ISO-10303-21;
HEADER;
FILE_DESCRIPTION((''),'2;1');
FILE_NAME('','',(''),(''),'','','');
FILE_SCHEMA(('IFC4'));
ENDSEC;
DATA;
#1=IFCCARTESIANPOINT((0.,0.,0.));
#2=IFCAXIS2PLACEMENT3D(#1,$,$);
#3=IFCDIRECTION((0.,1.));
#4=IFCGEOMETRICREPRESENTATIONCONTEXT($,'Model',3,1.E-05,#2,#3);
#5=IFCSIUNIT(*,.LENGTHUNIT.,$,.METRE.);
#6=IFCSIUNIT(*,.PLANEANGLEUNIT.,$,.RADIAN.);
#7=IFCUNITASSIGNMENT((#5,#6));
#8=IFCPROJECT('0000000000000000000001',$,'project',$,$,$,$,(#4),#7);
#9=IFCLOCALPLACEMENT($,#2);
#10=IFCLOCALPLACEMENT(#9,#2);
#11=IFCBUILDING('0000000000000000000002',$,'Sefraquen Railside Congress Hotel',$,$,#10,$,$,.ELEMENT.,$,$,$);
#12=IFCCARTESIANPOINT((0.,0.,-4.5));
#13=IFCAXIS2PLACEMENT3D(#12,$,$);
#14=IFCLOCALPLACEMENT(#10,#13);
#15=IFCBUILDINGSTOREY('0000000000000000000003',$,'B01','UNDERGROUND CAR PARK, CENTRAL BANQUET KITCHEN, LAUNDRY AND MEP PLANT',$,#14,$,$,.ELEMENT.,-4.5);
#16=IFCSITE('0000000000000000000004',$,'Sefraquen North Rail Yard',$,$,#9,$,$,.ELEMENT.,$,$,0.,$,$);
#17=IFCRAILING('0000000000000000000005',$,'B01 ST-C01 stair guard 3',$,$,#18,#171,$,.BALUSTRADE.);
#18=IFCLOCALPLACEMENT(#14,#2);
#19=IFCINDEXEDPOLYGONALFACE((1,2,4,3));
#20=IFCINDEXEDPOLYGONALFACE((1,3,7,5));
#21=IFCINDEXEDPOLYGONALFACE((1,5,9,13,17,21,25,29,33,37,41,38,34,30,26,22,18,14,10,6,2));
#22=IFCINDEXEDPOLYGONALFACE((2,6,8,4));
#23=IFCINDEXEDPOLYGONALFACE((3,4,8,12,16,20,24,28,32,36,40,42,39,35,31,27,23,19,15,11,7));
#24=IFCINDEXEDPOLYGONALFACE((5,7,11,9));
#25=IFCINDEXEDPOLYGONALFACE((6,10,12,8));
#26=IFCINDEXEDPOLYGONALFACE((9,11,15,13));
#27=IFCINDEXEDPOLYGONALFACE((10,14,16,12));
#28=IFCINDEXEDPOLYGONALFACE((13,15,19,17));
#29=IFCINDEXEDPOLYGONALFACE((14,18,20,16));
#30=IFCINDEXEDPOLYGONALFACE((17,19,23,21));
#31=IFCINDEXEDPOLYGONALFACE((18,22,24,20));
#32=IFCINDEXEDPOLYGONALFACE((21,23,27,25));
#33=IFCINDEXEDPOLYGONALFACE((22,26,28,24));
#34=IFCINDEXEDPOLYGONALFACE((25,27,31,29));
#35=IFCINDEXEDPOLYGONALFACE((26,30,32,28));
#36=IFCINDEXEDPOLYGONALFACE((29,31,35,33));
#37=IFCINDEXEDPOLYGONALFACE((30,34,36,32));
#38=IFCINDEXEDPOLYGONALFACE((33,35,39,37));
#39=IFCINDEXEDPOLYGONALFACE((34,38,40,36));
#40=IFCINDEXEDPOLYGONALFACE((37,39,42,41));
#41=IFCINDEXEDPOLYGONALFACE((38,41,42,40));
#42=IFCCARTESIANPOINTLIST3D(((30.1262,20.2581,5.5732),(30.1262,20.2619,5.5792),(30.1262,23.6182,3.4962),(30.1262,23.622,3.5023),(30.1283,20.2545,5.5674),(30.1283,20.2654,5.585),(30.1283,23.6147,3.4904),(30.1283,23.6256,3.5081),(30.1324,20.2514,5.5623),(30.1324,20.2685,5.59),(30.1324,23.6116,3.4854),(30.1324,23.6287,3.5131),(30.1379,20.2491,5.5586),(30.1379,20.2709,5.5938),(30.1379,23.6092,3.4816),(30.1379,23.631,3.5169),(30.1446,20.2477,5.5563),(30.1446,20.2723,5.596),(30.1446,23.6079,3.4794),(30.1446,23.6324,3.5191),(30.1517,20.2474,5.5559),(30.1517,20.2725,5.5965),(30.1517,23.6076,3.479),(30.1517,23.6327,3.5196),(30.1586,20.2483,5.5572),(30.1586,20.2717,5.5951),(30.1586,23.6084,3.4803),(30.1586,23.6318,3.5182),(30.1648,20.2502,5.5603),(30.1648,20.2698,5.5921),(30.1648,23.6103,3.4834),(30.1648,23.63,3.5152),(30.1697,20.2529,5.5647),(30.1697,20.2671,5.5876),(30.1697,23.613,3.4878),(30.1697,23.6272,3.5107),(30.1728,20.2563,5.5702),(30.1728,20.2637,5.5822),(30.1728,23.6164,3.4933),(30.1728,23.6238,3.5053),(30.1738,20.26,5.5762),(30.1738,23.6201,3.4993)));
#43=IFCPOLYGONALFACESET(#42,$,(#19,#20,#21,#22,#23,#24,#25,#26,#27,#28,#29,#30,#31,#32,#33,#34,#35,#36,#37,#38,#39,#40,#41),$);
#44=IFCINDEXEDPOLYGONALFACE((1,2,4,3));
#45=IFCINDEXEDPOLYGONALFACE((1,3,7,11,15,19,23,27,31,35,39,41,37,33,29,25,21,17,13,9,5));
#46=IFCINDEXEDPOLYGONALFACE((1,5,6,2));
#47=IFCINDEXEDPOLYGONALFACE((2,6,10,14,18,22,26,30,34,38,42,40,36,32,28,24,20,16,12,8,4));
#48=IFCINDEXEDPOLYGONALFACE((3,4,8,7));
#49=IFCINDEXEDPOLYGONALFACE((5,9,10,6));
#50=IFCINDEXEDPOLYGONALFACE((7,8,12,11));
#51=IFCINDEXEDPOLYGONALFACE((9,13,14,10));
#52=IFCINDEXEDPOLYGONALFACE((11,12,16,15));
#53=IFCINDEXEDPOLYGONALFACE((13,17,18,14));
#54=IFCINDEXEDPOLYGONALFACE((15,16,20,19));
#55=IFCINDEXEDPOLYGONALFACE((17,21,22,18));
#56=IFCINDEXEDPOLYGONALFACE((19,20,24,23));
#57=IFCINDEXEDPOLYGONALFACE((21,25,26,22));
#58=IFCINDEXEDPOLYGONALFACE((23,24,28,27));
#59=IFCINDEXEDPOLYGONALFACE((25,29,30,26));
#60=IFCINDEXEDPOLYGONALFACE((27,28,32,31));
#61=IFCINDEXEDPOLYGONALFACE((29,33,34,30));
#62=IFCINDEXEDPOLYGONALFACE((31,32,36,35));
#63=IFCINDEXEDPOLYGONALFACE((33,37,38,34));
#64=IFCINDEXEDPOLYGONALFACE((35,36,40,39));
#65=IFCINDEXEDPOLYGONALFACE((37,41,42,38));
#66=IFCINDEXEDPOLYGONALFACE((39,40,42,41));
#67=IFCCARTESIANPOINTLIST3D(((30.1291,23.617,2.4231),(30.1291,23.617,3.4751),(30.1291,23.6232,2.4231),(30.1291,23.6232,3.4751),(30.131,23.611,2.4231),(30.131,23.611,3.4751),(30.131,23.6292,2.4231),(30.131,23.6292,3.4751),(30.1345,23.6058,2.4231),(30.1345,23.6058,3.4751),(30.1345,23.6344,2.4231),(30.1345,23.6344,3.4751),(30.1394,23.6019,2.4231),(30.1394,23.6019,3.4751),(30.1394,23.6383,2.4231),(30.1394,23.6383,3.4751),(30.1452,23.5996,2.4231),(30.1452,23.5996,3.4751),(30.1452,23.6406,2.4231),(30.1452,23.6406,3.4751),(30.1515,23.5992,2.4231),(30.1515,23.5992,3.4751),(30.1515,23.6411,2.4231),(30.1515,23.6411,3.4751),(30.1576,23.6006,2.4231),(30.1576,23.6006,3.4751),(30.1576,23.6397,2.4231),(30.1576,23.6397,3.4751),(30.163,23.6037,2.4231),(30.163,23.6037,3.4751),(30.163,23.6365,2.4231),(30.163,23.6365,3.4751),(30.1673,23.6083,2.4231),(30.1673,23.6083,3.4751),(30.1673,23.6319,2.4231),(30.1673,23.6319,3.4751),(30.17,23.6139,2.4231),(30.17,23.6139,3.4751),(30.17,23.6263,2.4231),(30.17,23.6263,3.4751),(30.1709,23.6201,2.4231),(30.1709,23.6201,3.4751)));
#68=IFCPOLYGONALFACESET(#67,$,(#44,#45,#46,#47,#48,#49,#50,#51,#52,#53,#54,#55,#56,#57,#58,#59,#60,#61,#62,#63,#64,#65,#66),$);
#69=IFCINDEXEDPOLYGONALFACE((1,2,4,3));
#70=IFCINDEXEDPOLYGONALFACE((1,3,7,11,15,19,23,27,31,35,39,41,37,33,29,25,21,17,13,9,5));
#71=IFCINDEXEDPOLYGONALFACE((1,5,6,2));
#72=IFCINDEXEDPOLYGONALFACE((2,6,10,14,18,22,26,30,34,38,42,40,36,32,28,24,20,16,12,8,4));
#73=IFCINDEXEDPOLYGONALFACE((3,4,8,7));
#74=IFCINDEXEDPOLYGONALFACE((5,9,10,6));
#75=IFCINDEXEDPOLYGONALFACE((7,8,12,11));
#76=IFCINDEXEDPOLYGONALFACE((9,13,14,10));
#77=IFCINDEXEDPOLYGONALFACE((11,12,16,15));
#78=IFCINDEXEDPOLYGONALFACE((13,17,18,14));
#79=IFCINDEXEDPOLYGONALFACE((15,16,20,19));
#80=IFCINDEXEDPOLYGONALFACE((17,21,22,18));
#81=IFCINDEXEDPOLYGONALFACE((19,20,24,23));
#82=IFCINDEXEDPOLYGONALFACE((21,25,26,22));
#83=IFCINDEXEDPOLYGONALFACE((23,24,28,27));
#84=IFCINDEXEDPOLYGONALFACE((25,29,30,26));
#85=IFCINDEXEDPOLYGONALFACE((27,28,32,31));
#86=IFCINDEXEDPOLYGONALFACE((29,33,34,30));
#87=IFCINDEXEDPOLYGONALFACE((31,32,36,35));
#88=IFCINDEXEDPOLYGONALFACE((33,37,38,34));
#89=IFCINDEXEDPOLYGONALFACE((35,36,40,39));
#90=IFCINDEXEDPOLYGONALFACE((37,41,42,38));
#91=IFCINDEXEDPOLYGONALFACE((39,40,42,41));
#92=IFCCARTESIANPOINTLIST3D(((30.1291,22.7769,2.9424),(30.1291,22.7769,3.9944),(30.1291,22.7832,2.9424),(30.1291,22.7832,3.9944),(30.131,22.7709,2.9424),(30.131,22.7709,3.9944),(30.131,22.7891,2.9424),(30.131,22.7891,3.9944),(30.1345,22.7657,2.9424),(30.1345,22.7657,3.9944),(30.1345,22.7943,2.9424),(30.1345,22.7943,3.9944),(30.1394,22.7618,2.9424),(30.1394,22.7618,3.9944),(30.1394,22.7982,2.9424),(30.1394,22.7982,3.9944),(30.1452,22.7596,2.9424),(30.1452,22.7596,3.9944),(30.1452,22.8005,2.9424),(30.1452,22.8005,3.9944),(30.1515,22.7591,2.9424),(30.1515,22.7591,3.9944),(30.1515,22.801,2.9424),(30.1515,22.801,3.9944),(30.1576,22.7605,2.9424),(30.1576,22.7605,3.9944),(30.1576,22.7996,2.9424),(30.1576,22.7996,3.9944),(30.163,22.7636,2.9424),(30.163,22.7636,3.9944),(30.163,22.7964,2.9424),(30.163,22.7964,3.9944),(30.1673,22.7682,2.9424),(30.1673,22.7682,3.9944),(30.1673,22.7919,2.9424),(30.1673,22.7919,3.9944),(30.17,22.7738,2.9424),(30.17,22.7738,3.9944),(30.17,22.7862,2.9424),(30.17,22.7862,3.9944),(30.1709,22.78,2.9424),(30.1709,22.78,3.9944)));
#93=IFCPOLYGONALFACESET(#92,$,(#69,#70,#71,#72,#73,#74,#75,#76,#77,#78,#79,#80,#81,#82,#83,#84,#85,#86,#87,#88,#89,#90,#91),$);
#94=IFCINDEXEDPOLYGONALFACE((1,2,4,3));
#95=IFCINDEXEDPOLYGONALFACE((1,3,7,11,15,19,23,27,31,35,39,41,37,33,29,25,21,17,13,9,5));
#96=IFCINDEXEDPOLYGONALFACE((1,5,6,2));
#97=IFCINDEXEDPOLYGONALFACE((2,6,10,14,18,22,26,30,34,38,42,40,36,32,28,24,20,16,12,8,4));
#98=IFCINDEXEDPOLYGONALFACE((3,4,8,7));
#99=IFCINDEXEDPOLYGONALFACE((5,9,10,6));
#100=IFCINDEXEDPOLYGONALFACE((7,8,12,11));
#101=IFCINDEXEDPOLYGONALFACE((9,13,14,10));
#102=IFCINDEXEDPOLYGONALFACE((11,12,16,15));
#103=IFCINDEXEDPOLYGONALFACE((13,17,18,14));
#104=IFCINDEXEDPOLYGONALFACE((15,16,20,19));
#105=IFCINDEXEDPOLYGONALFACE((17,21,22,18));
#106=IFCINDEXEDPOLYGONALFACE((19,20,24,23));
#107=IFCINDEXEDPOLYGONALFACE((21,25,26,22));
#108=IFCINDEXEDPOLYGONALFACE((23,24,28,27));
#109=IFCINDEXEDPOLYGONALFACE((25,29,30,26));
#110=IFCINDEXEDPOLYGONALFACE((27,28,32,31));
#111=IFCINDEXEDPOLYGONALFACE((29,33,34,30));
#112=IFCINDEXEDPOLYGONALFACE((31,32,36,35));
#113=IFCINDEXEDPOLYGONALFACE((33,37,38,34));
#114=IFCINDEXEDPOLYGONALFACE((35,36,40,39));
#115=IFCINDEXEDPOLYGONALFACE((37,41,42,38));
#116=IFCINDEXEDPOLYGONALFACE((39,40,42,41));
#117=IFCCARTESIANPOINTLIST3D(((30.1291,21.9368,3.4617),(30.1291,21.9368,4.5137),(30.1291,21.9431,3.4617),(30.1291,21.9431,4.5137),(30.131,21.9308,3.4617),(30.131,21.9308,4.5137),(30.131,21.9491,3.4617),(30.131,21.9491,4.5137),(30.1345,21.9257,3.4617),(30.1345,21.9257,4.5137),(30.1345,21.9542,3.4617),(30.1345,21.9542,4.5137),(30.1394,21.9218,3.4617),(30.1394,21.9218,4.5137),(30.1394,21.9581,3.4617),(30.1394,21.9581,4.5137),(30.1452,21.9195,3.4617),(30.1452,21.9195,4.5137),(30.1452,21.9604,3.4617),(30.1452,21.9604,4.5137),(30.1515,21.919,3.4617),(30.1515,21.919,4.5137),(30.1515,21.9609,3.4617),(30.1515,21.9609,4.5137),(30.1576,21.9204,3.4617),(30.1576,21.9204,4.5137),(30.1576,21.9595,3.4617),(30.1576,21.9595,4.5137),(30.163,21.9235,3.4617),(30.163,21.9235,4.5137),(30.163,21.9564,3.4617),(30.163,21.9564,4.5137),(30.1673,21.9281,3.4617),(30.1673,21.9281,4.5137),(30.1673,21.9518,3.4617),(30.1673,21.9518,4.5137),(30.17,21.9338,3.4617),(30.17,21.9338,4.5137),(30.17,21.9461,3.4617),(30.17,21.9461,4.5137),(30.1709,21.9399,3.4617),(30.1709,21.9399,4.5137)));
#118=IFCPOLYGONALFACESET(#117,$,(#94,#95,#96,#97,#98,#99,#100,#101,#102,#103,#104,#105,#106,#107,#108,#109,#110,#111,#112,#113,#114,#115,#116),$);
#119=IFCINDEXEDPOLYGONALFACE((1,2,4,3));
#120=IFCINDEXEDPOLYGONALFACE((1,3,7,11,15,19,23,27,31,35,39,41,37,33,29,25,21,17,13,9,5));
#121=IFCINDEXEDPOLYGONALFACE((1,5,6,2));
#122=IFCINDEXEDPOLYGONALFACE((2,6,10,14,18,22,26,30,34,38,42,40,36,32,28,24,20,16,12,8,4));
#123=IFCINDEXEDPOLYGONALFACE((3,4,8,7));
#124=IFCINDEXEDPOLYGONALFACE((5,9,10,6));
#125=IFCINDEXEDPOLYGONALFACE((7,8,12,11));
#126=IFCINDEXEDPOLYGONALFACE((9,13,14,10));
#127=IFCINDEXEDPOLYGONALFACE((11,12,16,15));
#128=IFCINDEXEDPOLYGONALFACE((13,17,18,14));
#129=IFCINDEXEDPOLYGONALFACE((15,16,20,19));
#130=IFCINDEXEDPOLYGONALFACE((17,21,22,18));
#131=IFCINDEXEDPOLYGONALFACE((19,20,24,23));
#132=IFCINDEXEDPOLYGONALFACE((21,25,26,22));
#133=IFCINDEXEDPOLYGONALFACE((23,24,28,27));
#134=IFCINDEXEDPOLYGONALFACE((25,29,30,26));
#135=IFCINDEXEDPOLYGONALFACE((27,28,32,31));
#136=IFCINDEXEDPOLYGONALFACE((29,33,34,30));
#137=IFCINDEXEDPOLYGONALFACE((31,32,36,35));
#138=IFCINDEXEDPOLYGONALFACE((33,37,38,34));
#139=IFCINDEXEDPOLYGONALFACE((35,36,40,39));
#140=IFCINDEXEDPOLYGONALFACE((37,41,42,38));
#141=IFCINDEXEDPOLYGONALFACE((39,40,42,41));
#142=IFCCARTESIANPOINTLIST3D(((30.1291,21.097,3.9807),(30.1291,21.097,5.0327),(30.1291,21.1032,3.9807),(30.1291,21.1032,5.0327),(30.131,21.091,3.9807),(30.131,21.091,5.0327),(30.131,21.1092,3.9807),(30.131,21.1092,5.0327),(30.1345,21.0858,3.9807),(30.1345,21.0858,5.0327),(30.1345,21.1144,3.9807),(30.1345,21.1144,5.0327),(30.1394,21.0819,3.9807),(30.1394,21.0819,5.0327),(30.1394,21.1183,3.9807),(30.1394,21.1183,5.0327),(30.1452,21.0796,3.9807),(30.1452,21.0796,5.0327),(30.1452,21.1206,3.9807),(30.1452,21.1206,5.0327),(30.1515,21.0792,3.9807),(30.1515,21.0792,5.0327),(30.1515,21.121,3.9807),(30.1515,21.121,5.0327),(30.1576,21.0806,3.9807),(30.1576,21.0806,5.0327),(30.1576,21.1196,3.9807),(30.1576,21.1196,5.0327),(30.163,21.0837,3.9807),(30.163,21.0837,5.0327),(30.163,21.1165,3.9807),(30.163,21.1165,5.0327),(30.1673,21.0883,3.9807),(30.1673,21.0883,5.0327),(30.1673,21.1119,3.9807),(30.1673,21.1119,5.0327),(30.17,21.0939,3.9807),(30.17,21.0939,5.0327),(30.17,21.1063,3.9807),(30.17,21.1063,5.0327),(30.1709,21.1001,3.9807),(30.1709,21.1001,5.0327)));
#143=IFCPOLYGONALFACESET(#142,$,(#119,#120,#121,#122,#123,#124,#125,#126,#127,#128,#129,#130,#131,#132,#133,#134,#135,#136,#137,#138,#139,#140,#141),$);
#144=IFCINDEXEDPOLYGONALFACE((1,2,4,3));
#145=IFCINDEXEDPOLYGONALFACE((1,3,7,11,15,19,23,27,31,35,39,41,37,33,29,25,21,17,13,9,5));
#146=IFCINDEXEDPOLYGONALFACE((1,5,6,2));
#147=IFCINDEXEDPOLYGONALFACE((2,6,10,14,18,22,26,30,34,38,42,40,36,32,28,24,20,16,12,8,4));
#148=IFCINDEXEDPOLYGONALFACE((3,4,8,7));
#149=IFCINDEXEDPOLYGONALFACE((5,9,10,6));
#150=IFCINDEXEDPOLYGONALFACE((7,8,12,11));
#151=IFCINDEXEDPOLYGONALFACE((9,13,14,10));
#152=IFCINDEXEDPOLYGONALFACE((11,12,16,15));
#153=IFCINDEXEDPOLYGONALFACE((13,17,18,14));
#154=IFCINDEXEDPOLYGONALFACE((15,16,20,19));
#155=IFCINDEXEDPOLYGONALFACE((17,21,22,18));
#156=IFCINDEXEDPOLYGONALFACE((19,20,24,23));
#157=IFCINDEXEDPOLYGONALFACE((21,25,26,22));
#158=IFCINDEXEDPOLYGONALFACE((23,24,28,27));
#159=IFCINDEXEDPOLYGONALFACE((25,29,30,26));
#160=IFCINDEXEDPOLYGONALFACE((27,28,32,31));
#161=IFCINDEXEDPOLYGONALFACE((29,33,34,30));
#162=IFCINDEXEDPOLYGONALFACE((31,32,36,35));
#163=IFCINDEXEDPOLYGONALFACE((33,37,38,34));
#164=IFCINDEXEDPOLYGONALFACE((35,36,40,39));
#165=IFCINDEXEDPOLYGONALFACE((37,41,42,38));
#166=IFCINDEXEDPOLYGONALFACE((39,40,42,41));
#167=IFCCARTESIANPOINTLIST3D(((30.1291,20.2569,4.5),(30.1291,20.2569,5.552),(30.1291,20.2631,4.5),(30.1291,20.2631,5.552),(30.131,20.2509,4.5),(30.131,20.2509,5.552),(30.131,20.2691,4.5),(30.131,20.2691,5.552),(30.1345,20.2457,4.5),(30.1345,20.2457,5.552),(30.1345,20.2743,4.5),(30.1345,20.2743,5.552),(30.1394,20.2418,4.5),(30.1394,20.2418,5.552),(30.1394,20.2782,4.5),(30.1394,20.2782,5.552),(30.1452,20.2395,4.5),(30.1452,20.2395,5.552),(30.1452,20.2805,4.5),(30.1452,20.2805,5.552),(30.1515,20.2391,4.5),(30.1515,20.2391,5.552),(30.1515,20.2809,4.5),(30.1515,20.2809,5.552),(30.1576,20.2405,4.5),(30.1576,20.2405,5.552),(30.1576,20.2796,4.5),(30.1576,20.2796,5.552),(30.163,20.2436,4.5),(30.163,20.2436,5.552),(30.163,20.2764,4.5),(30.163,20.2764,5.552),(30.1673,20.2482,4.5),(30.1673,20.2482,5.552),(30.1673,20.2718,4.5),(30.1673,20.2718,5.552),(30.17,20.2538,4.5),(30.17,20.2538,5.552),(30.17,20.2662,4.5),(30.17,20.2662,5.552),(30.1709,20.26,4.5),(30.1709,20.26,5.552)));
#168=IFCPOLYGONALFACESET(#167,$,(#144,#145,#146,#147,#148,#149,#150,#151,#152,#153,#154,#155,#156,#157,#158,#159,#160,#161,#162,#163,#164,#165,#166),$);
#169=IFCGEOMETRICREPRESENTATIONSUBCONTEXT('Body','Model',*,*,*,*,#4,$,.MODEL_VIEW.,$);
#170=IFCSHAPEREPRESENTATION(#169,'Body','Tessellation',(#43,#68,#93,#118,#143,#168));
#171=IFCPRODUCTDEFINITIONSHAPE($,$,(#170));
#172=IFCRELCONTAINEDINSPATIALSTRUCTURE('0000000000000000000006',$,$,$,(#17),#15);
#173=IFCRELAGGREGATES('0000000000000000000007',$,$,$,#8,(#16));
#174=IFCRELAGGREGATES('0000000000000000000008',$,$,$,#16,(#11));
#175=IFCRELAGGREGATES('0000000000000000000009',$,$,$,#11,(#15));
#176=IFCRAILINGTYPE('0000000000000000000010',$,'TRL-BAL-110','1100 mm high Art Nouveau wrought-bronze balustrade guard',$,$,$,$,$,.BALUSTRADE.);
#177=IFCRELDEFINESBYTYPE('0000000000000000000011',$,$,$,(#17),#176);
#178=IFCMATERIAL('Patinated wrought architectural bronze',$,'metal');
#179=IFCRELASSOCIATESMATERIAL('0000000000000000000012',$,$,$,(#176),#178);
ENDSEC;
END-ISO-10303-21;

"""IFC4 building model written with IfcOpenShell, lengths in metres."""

from ifc_helpers import new_model, si_unit, direction, frame, origin, origin_2d, place, context, subcontext, project, spatial, circle, extrude, material, type_object, element, save


model = new_model("IFC4")

# Units and contexts
model_context = context("Model", 3, precision=1e-05, world=origin(), true_north=direction((0.0, 1.0)))
body_context = subcontext(model_context, "Body", "Model", "MODEL_VIEW")
ifc_project = project(units=[si_unit("LENGTHUNIT", "METRE"), si_unit("PLANEANGLEUNIT", "RADIAN")], contexts=[model_context])

# Site, building, storey
site_placement = place(None, origin())
site = spatial("IfcSite", under=ifc_project, at=site_placement, Name="Sefraquen North Rail Yard", CompositionType="ELEMENT", RefElevation=0.0)
building_placement = place(site_placement, origin())
building = spatial("IfcBuilding", under=site, at=building_placement, Name="Sefraquen Railside Congress Hotel", CompositionType="ELEMENT")
storey_placement = place(building_placement, frame((0.0, 0.0, -4.5)))
storey = spatial("IfcBuildingStorey", under=building, at=storey_placement, Name="B01", Description="UNDERGROUND CAR PARK, CENTRAL BANQUET KITCHEN, LAUNDRY AND MEP PLANT", CompositionType="ELEMENT", Elevation=-4.5)

# Railing
ifc_material_1 = material(Name="Patinated wrought architectural bronze", Category="metal")
railing_type_1 = type_object("IfcRailingType", Name="TRL-BAL-110", Description="1100 mm high Art Nouveau wrought-bronze balustrade guard", PredefinedType="BALUSTRADE", material=ifc_material_1)
railing_1_placement = place(storey_placement, frame((30.1499, 23.6201, 2.4231)))
element("IfcRailing", 1, at=railing_1_placement, inside=storey, type_object=railing_type_1, Name="B01 ST-C01 stair guard 3", PredefinedType="BALUSTRADE", context=body_context, shape_type="SweptSolid", body=[
    extrude(circle(Radius=0.0239, at=origin_2d()), frame((0.0, 0.0, 1.0762), z_axis=(0.0, -0.850623, 0.525776), x_axis=(1.0, 0.0, 0.0)), (0.0, 0.0, 1.0), 3.9502),
    extrude(circle(Radius=0.021, at=origin_2d()), origin(), (0.0, 0.0, 1.0), 1.052),
    extrude(circle(Radius=0.021, at=origin_2d()), frame((0.0, -0.8401, 0.5193)), (0.0, 0.0, 1.0), 1.052),
    extrude(circle(Radius=0.021, at=origin_2d()), frame((0.0, -1.6802, 1.0386)), (0.0, 0.0, 1.0), 1.052),
    extrude(circle(Radius=0.021, at=origin_2d()), frame((0.0, -2.52, 1.5576)), (0.0, 0.0, 1.0), 1.052),
    extrude(circle(Radius=0.021, at=origin_2d()), frame((0.0, -3.3601, 2.0769)), (0.0, 0.0, 1.0), 1.052),
])

save(model, "model.ifc")
